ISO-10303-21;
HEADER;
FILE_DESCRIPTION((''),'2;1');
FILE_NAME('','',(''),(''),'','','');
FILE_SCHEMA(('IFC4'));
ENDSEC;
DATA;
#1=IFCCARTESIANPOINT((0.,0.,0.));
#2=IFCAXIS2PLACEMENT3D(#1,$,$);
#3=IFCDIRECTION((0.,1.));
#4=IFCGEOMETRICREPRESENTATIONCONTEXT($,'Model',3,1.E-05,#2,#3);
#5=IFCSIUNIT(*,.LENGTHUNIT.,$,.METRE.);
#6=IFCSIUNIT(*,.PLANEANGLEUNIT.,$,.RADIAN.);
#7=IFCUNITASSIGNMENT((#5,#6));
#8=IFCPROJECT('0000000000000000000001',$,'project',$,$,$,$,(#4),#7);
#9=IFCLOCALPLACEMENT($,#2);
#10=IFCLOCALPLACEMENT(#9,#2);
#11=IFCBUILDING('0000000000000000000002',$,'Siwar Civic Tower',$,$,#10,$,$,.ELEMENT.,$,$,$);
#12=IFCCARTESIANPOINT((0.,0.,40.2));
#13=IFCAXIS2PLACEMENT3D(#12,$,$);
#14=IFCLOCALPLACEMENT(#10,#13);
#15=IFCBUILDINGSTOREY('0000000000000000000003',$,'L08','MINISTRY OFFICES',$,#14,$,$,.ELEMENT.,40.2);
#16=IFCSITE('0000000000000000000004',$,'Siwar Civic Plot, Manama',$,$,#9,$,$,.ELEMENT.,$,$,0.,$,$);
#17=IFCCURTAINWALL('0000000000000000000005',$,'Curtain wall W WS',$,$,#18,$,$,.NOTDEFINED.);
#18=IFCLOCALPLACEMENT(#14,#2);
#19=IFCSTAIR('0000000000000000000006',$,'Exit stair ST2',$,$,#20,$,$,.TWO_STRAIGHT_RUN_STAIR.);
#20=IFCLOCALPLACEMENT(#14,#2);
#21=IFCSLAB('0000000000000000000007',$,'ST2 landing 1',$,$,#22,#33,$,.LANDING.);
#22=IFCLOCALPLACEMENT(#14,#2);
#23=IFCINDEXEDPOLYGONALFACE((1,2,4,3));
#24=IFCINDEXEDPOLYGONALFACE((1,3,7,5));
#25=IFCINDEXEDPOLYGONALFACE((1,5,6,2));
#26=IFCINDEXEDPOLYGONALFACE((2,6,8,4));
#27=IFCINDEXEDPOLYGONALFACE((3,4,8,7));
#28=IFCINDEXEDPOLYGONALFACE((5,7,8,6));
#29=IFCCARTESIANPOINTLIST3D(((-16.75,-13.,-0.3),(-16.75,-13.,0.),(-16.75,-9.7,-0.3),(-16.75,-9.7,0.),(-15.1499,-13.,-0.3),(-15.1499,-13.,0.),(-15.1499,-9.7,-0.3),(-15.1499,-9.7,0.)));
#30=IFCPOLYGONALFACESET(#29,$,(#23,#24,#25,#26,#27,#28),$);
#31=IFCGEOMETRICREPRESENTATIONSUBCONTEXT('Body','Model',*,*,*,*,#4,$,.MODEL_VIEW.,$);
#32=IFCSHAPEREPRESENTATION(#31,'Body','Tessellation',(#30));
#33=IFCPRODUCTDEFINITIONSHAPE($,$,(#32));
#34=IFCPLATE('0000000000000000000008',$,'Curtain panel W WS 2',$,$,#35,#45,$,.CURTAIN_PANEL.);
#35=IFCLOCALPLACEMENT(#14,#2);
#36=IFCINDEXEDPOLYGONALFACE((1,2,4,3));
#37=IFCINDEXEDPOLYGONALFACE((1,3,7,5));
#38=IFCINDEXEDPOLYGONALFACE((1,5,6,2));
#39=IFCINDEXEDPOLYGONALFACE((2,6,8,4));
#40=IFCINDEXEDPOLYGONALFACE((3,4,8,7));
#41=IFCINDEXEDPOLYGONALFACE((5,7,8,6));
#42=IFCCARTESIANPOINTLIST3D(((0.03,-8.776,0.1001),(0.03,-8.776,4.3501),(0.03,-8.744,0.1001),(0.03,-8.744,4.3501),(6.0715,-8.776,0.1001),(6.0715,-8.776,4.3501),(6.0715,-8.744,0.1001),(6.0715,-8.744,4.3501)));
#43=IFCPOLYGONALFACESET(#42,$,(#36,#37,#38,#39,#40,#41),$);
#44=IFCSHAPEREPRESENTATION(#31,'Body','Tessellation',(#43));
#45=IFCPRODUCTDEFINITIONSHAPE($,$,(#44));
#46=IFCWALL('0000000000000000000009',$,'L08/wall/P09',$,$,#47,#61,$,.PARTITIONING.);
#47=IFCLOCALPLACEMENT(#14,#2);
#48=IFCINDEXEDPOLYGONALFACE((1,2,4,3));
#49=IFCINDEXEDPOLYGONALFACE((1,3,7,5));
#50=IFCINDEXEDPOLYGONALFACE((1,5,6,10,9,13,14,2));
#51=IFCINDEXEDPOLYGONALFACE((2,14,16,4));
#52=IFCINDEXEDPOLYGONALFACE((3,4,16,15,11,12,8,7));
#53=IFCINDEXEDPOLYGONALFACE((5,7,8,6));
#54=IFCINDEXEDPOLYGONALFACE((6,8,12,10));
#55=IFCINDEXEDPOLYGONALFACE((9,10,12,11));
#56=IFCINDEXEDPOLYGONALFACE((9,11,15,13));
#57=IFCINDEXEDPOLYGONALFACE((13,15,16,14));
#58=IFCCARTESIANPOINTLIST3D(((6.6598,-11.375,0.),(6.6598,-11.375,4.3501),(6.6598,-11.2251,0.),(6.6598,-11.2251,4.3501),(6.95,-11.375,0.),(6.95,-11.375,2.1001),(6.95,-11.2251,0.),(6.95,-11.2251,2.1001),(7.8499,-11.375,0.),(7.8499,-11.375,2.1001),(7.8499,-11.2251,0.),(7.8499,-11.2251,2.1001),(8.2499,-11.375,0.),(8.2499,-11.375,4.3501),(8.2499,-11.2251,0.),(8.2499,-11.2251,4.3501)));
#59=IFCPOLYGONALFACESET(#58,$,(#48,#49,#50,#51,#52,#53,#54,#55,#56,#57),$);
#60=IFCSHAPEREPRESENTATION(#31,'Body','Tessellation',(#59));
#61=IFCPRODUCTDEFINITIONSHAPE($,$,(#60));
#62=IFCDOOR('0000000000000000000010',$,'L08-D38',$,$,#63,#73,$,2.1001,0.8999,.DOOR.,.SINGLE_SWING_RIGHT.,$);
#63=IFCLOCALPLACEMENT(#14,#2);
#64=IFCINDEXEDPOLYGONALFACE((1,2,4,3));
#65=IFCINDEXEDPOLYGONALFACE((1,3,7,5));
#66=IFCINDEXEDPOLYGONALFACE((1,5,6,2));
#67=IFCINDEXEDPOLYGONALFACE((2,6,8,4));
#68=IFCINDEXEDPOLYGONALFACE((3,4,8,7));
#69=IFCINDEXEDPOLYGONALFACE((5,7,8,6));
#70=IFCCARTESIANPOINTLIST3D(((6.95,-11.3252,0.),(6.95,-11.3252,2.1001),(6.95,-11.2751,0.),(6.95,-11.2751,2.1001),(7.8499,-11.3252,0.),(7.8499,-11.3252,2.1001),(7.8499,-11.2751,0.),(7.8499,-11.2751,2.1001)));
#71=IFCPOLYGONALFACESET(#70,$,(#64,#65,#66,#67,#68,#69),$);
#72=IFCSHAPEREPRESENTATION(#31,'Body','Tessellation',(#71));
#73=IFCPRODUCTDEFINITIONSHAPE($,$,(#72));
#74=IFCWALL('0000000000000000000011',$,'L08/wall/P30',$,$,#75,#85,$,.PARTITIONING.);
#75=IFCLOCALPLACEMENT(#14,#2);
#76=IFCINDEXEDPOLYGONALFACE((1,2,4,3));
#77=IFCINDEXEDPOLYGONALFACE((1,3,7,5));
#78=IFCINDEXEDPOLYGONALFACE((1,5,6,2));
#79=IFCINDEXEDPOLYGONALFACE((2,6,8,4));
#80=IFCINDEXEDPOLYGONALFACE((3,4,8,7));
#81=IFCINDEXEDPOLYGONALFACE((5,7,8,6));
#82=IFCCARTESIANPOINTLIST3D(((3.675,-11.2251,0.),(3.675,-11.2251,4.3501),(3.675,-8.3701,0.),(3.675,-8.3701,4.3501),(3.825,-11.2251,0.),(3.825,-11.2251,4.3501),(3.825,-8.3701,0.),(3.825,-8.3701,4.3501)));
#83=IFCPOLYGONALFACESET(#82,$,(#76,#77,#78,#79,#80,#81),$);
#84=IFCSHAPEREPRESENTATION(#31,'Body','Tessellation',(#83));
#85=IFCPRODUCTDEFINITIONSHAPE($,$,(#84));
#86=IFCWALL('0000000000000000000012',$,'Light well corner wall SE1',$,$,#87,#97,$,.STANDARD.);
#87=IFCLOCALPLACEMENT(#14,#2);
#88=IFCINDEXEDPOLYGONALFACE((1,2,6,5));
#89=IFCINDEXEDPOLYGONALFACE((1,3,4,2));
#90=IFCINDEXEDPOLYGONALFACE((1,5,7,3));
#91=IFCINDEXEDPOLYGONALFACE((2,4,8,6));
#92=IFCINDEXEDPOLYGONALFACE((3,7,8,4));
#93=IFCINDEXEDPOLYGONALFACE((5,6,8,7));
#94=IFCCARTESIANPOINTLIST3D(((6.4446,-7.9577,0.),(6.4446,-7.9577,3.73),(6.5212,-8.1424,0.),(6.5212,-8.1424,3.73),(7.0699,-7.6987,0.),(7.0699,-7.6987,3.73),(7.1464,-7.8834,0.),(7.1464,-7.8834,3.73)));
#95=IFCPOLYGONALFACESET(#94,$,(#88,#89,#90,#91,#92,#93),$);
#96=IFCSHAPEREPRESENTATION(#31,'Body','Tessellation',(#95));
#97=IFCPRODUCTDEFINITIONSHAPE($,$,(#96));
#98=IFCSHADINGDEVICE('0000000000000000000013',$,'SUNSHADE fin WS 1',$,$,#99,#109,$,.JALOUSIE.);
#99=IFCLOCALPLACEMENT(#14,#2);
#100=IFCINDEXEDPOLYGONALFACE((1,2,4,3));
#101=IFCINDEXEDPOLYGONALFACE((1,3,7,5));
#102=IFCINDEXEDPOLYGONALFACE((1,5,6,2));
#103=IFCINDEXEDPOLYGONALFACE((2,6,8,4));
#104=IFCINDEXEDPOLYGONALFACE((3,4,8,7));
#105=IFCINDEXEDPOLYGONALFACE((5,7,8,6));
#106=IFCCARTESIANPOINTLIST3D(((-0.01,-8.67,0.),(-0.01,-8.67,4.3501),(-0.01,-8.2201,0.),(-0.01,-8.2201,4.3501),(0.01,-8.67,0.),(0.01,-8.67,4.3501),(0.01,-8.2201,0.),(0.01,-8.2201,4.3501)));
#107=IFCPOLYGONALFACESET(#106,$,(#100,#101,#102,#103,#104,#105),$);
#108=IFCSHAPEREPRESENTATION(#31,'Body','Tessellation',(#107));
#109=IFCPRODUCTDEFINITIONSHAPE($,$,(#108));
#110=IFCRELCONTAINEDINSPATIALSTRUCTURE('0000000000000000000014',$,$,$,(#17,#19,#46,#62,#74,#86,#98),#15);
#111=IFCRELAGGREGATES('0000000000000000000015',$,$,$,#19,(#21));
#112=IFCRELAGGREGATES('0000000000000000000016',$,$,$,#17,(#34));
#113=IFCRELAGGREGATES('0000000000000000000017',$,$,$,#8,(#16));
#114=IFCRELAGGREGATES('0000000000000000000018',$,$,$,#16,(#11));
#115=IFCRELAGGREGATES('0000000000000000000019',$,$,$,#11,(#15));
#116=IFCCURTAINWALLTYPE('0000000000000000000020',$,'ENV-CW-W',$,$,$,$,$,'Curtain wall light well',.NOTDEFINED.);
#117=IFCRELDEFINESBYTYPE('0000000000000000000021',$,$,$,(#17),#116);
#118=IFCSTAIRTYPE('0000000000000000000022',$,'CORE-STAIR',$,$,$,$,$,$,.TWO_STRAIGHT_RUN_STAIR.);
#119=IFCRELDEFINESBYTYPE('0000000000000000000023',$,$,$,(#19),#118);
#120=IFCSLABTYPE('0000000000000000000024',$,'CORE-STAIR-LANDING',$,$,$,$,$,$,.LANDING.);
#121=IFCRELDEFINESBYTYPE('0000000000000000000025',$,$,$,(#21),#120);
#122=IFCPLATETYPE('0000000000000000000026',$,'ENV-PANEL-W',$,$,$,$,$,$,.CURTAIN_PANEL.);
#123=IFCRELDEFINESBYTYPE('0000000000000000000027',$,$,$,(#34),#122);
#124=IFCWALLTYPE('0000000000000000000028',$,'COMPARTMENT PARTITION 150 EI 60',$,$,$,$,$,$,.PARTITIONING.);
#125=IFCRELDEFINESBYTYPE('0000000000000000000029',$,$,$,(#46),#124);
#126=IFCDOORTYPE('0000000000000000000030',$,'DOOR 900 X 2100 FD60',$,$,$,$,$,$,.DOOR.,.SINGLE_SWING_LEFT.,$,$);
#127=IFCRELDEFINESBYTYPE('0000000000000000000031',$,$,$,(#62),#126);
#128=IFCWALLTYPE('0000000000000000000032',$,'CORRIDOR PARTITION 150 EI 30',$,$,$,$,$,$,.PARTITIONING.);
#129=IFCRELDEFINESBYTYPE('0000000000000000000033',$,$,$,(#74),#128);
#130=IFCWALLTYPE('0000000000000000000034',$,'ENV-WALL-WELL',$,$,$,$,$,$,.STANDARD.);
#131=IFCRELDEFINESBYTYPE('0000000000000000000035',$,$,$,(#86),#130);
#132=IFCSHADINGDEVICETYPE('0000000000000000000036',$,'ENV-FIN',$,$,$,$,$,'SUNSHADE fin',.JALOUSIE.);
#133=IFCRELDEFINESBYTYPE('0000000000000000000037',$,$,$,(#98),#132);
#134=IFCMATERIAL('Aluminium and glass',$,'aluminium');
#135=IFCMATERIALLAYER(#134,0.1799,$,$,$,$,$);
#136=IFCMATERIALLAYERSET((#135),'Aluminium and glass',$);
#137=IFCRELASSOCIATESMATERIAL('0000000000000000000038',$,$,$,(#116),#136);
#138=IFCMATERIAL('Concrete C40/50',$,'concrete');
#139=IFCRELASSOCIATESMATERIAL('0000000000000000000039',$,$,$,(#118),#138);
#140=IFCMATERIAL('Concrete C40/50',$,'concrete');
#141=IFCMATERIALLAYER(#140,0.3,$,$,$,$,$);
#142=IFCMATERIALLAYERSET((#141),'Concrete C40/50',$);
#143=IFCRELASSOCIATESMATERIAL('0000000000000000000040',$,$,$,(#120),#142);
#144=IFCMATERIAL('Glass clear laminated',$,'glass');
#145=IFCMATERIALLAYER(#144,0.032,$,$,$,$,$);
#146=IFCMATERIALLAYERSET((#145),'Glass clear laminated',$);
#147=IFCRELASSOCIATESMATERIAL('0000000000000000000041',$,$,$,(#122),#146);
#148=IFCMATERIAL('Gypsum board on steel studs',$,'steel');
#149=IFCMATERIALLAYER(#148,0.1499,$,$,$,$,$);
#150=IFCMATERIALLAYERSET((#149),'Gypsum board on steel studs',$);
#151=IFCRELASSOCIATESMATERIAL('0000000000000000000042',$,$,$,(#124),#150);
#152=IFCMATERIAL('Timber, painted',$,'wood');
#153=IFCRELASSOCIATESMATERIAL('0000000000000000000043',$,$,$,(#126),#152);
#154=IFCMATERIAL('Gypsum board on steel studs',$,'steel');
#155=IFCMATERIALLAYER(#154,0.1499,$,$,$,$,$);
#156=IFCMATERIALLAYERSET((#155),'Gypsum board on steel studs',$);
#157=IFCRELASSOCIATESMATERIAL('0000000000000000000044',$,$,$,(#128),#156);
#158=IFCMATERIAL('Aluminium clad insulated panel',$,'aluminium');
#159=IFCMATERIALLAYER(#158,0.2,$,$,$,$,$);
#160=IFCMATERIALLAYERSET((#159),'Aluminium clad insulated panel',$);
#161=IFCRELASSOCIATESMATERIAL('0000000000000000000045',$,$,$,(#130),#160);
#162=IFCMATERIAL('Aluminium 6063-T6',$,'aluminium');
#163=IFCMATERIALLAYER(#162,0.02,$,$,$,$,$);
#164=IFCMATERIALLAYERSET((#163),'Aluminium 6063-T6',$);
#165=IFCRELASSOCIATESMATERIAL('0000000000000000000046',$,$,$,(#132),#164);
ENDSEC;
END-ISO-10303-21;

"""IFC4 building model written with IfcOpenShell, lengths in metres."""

from ifc_helpers import new_model, si_unit, direction, frame, frame_2d, origin, origin_2d, place, context, subcontext, project, spatial, polyline, rectangle, outline, extrude, material, layer, layer_set, type_object, element, fill, aggregate, save


model = new_model("IFC4")

# Units and contexts
model_context = context("Model", 3, precision=1e-05, world=origin(), true_north=direction((0.0, 1.0)))
body_context = subcontext(model_context, "Body", "Model", "MODEL_VIEW")
ifc_project = project(units=[si_unit("LENGTHUNIT", "METRE"), si_unit("PLANEANGLEUNIT", "RADIAN")], contexts=[model_context])

# Site, building, storey
site_placement = place(None, origin())
site = spatial("IfcSite", under=ifc_project, at=site_placement, Name="Siwar Civic Plot, Manama", CompositionType="ELEMENT", RefElevation=0.0)
building_placement = place(site_placement, origin())
building = spatial("IfcBuilding", under=site, at=building_placement, Name="Siwar Civic Tower", CompositionType="ELEMENT")
storey_placement = place(building_placement, frame((0.0, 0.0, 40.2)))
storey = spatial("IfcBuildingStorey", under=building, at=storey_placement, Name="L08", Description="MINISTRY OFFICES", CompositionType="ELEMENT", Elevation=40.2)

# Curtain wall
ifc_material_1 = material(Name="Aluminium and glass", Category="aluminium")
ifc_layer_1 = layer(ifc_material_1, 0.1799)
ifc_layer_set_1 = layer_set([ifc_layer_1], Name="Aluminium and glass")
curtain_wall_type = type_object("IfcCurtainWallType", Name="ENV-CW-W", ElementType="Curtain wall light well", PredefinedType="NOTDEFINED", material=ifc_layer_set_1)
curtain_wall_placement = place(storey_placement, origin())
curtain_wall = element("IfcCurtainWall", 1, at=curtain_wall_placement, inside=storey, type_object=curtain_wall_type, Name="Curtain wall W WS", PredefinedType="NOTDEFINED")

# Shared definitions
ifc_material_2 = material(Name="Concrete C40/50", Category="concrete")
stair_type = type_object("IfcStairType", Name="CORE-STAIR", PredefinedType="TWO_STRAIGHT_RUN_STAIR", material=ifc_material_2)
ifc_material_3 = material(Name="Concrete C40/50", Category="concrete")
ifc_layer_2 = layer(ifc_material_3, 0.3)
ifc_layer_set_2 = layer_set([ifc_layer_2], Name="Concrete C40/50")
slab_type = type_object("IfcSlabType", Name="CORE-STAIR-LANDING", PredefinedType="LANDING", material=ifc_layer_set_2)

# Stair, slab
stair_1_placement = place(storey_placement, origin())
stair_1 = element("IfcStair", 2, at=stair_1_placement, inside=storey, type_object=stair_type, Name="Exit stair ST2", PredefinedType="TWO_STRAIGHT_RUN_STAIR")
slab_1_placement = place(storey_placement, frame((0.0, 0.0, -0.3)))
slab_1 = element("IfcSlab", 3, at=slab_1_placement, type_object=slab_type, Name="ST2 landing 1", PredefinedType="LANDING", context=body_context, shape_type="SweptSolid", body=[
    extrude(outline(polyline([(-15.1499, -9.7), (-16.75, -9.7), (-16.75, -13.0), (-15.1499, -13.0), (-15.1499, -9.7)])), origin(), (0.0, 0.0, 1.0), 0.3),
])
aggregate(stair_1, [slab_1])

# Plate
ifc_material_4 = material(Name="Glass clear laminated", Category="glass")
ifc_layer_3 = layer(ifc_material_4, 0.032)
ifc_layer_set_3 = layer_set([ifc_layer_3], Name="Glass clear laminated")
plate_type = type_object("IfcPlateType", Name="ENV-PANEL-W", PredefinedType="CURTAIN_PANEL", material=ifc_layer_set_3)
plate_placement = place(storey_placement, frame((3.0508, -8.76, 0.1001), z_axis=(0.0, 0.0, 1.0), x_axis=(1.0, 0.0, 0.0)))
plate = element("IfcPlate", 4, at=plate_placement, type_object=plate_type, Name="Curtain panel W WS 2", PredefinedType="CURTAIN_PANEL", context=body_context, shape_type="SweptSolid", body=[
    extrude(rectangle(XDim=6.0415, YDim=0.032, at=origin_2d()), origin(), (0.0, 0.0, 1.0), 4.25),
])
aggregate(curtain_wall, [plate])

# Wall, opening, door
ifc_material_5 = material(Name="Gypsum board on steel studs", Category="steel")
ifc_layer_4 = layer(ifc_material_5, 0.1499)
ifc_layer_set_4 = layer_set([ifc_layer_4], Name="Gypsum board on steel studs")
wall_type_1 = type_object("IfcWallType", Name="COMPARTMENT PARTITION 150 EI 60", PredefinedType="PARTITIONING", material=ifc_layer_set_4)
wall_1_placement = place(storey_placement, frame((6.6599, -11.3, 0.0), z_axis=(0.0, 0.0, 1.0), x_axis=(1.0, 0.0, 0.0)))
wall_1 = element("IfcWall", 5, at=wall_1_placement, inside=storey, type_object=wall_type_1, Name="L08/wall/P09", PredefinedType="PARTITIONING", context=body_context, shape_type="SweptSolid", body=[
    extrude(rectangle(XDim=1.5901, YDim=0.1499, at=frame_2d((0.7949, 0.0))), origin(), (0.0, 0.0, 1.0), 4.3501),
])
opening_placement = place(wall_1_placement, frame((0.29, 0.0, 0.0)))
opening = element("IfcOpeningElement", 6, at=opening_placement, cuts=wall_1, PredefinedType="OPENING", context=body_context, shape_type="SweptSolid", body=[
    extrude(rectangle(XDim=0.8999, YDim=2.1001, at=frame_2d((0.45, 1.05))), frame((0.0, 0.085, 0.0), z_axis=(0.0, -1.0, 0.0), x_axis=(1.0, 0.0, 0.0)), (0.0, 0.0, 1.0), 0.1699),
])
ifc_material_6 = material(Name="Timber, painted", Category="wood")
door_type = type_object("IfcDoorType", Name="DOOR 900 X 2100 FD60", OperationType="SINGLE_SWING_LEFT", PredefinedType="DOOR", material=ifc_material_6)
door_placement = place(opening_placement, origin())
door = element("IfcDoor", 7, at=door_placement, inside=storey, type_object=door_type, Name="L08-D38", OperationType="SINGLE_SWING_RIGHT", OverallHeight=2.1001, OverallWidth=0.8999, PredefinedType="DOOR", context=body_context, shape_type="SweptSolid", body=[
    extrude(rectangle(XDim=0.8999, YDim=2.1001, at=frame_2d((0.45, 1.05))), frame((0.0, 0.0249, 0.0), z_axis=(0.0, -1.0, 0.0), x_axis=(1.0, 0.0, 0.0)), (0.0, 0.0, 1.0), 0.05),
])
fill(opening, door)

# Walls
ifc_material_7 = material(Name="Gypsum board on steel studs", Category="steel")
ifc_layer_5 = layer(ifc_material_7, 0.1499)
ifc_layer_set_5 = layer_set([ifc_layer_5], Name="Gypsum board on steel studs")
wall_type_2 = type_object("IfcWallType", Name="CORRIDOR PARTITION 150 EI 30", PredefinedType="PARTITIONING", material=ifc_layer_set_5)
wall_2_placement = place(storey_placement, frame((3.75, -11.2251, 0.0), z_axis=(0.0, 0.0, 1.0), x_axis=(0.0, 1.0, 0.0)))
element("IfcWall", 8, at=wall_2_placement, inside=storey, type_object=wall_type_2, Name="L08/wall/P30", PredefinedType="PARTITIONING", context=body_context, shape_type="SweptSolid", body=[
    extrude(rectangle(XDim=2.855, YDim=0.1499, at=frame_2d((1.4275, 0.0))), origin(), (0.0, 0.0, 1.0), 4.3501),
])
ifc_material_8 = material(Name="Aluminium clad insulated panel", Category="aluminium")
ifc_layer_6 = layer(ifc_material_8, 0.2)
ifc_layer_set_6 = layer_set([ifc_layer_6], Name="Aluminium clad insulated panel")
wall_type_3 = type_object("IfcWallType", Name="ENV-WALL-WELL", PredefinedType="STANDARD", material=ifc_layer_set_6)
wall_3_placement = place(storey_placement, frame((6.4829, -8.05, 0.0), z_axis=(0.0, 0.0, 1.0), x_axis=(0.923854, 0.382745, 0.0)))
element("IfcWall", 9, at=wall_3_placement, inside=storey, type_object=wall_type_3, Name="Light well corner wall SE1", PredefinedType="STANDARD", context=body_context, shape_type="SweptSolid", body=[
    extrude(rectangle(XDim=0.6768, YDim=0.2, at=frame_2d((0.3384, 0.0))), origin(), (0.0, 0.0, 1.0), 3.73),
])

# Shading device
ifc_material_9 = material(Name="Aluminium 6063-T6", Category="aluminium")
ifc_layer_7 = layer(ifc_material_9, 0.02)
ifc_layer_set_7 = layer_set([ifc_layer_7], Name="Aluminium 6063-T6")
shading_device_type = type_object("IfcShadingDeviceType", Name="ENV-FIN", ElementType="SUNSHADE fin", PredefinedType="JALOUSIE", material=ifc_layer_set_7)
shading_device_placement = place(storey_placement, frame((0.0, -8.4451, 0.0), z_axis=(0.0, 0.0, 1.0), x_axis=(1.0, 0.0, 0.0)))
element("IfcShadingDevice", 10, at=shading_device_placement, inside=storey, type_object=shading_device_type, Name="SUNSHADE fin WS 1", PredefinedType="JALOUSIE", context=body_context, shape_type="SweptSolid", body=[
    extrude(rectangle(XDim=0.02, YDim=0.45, at=origin_2d()), origin(), (0.0, 0.0, 1.0), 4.3501),
])

save(model, "model.ifc")
